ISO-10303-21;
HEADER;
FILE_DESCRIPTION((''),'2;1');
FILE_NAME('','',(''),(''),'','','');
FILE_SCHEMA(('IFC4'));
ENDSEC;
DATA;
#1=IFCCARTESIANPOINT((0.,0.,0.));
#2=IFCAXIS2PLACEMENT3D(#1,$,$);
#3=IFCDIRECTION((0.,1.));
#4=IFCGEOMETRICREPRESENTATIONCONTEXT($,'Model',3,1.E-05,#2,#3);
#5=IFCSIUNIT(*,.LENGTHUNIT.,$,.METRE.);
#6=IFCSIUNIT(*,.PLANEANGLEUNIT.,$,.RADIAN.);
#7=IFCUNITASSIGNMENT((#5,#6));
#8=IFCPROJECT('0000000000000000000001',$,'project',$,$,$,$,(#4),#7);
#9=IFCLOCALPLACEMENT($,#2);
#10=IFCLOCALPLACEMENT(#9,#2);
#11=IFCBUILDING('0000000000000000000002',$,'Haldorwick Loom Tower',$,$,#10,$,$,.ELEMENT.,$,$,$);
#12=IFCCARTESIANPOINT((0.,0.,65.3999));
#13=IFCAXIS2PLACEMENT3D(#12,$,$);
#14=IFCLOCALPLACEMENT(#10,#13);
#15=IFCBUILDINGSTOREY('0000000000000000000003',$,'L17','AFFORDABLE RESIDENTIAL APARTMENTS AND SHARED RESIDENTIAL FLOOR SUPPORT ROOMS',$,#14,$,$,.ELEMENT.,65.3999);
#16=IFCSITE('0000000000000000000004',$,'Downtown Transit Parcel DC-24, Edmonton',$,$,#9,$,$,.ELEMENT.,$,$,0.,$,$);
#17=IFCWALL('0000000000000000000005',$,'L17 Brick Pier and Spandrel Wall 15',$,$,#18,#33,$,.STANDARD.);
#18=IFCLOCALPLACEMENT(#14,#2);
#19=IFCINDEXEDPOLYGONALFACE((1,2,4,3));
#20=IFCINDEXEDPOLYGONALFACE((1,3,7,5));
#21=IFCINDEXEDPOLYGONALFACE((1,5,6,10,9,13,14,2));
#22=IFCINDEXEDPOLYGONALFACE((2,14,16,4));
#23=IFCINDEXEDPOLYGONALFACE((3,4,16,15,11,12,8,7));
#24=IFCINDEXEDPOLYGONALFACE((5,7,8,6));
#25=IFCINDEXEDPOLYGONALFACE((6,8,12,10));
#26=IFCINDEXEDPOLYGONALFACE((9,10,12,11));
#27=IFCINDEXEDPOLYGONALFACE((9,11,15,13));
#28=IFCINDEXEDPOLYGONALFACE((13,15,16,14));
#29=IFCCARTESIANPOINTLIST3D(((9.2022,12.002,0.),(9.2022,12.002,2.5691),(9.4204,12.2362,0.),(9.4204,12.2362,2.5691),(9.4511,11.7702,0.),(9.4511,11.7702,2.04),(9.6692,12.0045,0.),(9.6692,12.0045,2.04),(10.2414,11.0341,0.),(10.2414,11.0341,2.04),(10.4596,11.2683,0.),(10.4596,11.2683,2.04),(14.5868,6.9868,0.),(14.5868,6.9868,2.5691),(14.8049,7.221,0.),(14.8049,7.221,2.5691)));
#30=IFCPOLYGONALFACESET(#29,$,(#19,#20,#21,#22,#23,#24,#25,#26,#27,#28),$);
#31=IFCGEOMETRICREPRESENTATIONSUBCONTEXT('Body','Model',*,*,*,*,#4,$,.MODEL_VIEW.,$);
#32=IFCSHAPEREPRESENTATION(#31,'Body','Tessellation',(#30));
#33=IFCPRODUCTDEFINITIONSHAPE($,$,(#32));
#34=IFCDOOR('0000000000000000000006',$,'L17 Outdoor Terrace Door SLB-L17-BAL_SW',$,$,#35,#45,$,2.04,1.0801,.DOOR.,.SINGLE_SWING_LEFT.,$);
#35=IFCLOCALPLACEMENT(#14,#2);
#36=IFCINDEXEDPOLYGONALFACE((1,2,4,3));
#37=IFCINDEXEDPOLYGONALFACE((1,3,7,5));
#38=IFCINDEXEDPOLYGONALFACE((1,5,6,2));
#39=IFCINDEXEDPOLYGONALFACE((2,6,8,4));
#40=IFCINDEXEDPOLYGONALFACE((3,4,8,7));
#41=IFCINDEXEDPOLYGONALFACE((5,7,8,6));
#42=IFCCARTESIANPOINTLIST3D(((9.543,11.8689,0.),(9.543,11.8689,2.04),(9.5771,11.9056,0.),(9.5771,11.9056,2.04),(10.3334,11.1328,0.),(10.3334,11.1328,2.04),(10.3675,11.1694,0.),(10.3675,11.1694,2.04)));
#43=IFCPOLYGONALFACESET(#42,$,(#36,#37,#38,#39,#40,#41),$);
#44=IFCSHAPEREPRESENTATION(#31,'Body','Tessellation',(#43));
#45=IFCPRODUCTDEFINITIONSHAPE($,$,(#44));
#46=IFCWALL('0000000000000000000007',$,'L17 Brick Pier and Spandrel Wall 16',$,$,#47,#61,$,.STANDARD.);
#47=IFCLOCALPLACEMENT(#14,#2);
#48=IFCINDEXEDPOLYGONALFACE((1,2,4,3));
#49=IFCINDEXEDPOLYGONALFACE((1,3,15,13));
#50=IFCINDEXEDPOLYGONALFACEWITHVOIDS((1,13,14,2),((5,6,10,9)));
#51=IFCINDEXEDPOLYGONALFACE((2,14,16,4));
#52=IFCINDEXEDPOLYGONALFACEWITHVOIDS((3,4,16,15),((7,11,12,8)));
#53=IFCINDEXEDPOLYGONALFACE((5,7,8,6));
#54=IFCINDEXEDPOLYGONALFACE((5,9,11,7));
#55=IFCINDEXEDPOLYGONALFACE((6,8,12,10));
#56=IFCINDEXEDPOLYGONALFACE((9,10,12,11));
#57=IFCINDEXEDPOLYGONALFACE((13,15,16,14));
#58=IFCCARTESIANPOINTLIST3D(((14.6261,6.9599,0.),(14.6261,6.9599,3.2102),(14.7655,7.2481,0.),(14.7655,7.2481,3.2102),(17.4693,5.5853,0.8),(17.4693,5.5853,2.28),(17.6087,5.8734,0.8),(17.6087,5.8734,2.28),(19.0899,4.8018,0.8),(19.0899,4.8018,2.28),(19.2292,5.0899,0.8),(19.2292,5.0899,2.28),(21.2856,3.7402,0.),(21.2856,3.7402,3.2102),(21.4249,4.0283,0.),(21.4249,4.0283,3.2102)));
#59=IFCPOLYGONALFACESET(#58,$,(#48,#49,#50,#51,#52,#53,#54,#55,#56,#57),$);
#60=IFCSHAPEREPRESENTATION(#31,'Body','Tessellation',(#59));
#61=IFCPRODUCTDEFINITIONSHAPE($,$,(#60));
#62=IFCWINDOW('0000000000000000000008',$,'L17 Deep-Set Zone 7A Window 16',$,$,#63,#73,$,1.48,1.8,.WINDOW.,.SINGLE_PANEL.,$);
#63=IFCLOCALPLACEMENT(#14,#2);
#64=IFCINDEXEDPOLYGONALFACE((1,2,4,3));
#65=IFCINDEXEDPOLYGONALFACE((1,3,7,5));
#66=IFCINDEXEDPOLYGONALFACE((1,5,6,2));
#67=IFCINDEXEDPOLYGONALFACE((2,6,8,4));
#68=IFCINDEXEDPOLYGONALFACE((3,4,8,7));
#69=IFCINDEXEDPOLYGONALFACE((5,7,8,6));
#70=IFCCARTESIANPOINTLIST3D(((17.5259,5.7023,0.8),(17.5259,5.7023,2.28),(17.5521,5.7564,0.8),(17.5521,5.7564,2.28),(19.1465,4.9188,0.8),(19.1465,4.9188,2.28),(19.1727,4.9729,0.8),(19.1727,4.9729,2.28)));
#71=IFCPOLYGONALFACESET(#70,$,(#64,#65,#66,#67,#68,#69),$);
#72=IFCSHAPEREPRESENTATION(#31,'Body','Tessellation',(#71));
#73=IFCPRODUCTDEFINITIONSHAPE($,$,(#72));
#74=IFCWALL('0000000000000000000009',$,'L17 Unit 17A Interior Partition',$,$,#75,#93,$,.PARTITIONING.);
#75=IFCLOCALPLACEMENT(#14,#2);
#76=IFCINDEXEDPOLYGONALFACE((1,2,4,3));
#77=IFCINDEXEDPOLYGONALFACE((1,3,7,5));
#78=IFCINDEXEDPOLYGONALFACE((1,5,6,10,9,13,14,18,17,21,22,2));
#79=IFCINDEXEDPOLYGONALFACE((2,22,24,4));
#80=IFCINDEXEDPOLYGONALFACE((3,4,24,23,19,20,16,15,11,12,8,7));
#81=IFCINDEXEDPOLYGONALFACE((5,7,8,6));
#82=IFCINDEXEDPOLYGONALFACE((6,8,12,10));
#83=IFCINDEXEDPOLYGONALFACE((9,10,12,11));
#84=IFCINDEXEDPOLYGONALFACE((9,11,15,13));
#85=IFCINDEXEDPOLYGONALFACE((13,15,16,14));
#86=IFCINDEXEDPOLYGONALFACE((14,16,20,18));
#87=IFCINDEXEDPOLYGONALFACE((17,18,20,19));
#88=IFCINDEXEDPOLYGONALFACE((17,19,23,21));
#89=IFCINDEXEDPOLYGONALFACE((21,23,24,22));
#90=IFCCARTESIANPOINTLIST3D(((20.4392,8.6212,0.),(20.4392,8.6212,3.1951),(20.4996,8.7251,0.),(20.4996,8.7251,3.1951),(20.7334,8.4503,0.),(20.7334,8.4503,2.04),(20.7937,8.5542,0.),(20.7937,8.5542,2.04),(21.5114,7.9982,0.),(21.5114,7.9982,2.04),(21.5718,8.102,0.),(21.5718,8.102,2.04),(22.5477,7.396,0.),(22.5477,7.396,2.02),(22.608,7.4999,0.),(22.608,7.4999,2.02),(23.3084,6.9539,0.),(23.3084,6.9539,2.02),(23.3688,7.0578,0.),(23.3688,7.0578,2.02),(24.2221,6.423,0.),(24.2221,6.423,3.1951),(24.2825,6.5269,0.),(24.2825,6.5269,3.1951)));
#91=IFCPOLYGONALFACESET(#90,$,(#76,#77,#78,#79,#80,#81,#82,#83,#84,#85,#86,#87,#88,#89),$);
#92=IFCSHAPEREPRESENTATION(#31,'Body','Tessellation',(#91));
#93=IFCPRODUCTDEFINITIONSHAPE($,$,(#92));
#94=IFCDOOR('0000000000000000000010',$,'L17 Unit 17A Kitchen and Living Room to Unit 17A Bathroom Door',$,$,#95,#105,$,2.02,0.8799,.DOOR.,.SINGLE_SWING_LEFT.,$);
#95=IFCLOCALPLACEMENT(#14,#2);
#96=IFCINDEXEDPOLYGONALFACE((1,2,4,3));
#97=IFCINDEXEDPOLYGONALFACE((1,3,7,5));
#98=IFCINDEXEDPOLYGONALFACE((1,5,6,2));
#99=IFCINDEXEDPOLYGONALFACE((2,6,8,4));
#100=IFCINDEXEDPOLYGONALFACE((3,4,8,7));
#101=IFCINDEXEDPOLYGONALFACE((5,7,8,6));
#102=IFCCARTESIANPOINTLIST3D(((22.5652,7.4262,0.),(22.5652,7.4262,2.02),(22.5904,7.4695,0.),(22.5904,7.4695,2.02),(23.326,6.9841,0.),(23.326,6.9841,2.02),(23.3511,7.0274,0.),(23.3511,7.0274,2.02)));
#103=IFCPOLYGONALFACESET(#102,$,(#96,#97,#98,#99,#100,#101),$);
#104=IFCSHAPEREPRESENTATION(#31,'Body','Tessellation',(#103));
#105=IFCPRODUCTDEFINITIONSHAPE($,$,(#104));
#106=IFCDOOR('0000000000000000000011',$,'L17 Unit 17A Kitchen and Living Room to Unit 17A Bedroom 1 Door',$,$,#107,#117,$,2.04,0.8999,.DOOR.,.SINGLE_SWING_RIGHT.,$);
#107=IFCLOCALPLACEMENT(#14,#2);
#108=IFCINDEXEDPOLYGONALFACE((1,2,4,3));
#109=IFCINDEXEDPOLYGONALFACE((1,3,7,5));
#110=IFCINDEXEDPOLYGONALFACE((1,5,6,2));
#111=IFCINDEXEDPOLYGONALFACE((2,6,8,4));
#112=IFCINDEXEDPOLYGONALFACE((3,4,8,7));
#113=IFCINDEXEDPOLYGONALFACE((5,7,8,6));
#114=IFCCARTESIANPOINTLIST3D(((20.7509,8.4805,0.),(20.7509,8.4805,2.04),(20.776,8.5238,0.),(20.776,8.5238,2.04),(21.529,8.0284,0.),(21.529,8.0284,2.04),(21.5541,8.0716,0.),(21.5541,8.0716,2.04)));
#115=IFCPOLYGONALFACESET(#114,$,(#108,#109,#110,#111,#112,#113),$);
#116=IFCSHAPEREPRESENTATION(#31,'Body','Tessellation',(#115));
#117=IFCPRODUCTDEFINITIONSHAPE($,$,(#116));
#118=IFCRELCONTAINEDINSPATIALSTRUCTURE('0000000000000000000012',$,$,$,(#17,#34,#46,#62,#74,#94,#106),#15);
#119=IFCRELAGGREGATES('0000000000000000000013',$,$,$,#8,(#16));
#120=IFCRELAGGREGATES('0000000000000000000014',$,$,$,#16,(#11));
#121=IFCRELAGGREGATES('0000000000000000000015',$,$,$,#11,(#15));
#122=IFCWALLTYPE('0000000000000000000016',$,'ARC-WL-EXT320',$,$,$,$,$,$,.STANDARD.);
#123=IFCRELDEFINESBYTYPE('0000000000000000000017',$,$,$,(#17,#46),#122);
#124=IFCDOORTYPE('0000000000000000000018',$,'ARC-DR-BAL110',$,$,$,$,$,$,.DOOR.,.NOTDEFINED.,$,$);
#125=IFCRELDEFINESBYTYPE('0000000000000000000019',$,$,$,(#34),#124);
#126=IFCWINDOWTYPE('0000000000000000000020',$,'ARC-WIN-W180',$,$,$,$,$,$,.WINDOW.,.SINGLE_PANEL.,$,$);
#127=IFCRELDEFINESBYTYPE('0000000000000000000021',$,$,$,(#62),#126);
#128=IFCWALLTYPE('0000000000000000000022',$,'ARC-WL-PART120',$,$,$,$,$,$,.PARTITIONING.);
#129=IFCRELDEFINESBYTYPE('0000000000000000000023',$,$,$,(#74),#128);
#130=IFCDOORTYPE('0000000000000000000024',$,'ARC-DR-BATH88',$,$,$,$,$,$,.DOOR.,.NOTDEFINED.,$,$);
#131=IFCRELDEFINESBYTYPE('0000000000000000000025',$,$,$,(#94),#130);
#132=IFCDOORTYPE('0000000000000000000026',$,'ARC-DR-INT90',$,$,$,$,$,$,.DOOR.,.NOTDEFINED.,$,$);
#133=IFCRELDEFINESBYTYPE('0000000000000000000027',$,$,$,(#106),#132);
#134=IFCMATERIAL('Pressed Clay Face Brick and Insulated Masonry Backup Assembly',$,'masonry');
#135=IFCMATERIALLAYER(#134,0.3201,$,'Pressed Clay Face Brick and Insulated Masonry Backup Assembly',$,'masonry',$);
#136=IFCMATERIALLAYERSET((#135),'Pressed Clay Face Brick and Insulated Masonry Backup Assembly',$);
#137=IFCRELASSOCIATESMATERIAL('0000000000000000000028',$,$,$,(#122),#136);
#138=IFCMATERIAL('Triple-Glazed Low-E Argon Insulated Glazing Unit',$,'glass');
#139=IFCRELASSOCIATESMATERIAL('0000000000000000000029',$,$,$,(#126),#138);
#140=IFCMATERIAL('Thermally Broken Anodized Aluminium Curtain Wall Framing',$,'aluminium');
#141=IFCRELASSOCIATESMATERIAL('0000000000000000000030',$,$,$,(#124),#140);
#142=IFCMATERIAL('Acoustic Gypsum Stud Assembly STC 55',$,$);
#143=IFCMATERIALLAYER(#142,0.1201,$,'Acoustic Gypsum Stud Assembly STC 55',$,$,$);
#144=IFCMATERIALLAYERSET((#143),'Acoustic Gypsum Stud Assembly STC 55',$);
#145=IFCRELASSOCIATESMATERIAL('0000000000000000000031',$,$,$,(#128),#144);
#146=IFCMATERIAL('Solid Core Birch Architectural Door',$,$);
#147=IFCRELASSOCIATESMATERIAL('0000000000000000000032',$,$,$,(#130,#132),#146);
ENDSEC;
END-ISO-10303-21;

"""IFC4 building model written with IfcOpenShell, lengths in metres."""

from ifc_helpers import new_model, si_unit, direction, frame, frame_2d, origin, place, context, subcontext, project, spatial, rectangle, extrude, material, layer, layer_set, type_object, element, fill, save


model = new_model("IFC4")

# Units and contexts
model_context = context("Model", 3, precision=1e-05, world=origin(), true_north=direction((0.0, 1.0)))
body_context = subcontext(model_context, "Body", "Model", "MODEL_VIEW")
ifc_project = project(units=[si_unit("LENGTHUNIT", "METRE"), si_unit("PLANEANGLEUNIT", "RADIAN")], contexts=[model_context])

# Site, building, storey
site_placement = place(None, origin())
site = spatial("IfcSite", under=ifc_project, at=site_placement, Name="Downtown Transit Parcel DC-24, Edmonton", CompositionType="ELEMENT", RefElevation=0.0)
building_placement = place(site_placement, origin())
building = spatial("IfcBuilding", under=site, at=building_placement, Name="Haldorwick Loom Tower", CompositionType="ELEMENT")
storey_placement = place(building_placement, frame((0.0, 0.0, 65.3999)))
storey = spatial("IfcBuildingStorey", under=building, at=storey_placement, Name="L17", Description="AFFORDABLE RESIDENTIAL APARTMENTS AND SHARED RESIDENTIAL FLOOR SUPPORT ROOMS", CompositionType="ELEMENT", Elevation=65.3999)

# Shared definitions
ifc_material_1 = material(Name="Pressed Clay Face Brick and Insulated Masonry Backup Assembly", Category="masonry")
ifc_layer_1 = layer(ifc_material_1, 0.3201, Name="Pressed Clay Face Brick and Insulated Masonry Backup Assembly", Category="masonry")
ifc_layer_set_1 = layer_set([ifc_layer_1], Name="Pressed Clay Face Brick and Insulated Masonry Backup Assembly")
wall_type_1 = type_object("IfcWallType", Name="ARC-WL-EXT320", PredefinedType="STANDARD", material=ifc_layer_set_1)
ifc_material_2 = material(Name="Triple-Glazed Low-E Argon Insulated Glazing Unit", Category="glass")
window_type = type_object("IfcWindowType", Name="ARC-WIN-W180", PartitioningType="SINGLE_PANEL", PredefinedType="WINDOW", material=ifc_material_2)

# Wall, opening, door
wall_1_placement = place(storey_placement, frame((9.3113, 12.1191, 0.0), z_axis=(0.0, 0.0, 1.0), x_axis=(0.731761, -0.681561, 0.0)))
wall_1 = element("IfcWall", 1, at=wall_1_placement, inside=storey, type_object=wall_type_1, Name="L17 Brick Pier and Spandrel Wall 15", PredefinedType="STANDARD", context=body_context, shape_type="SweptSolid", body=[
    extrude(rectangle(XDim=7.3584, YDim=0.3201, at=frame_2d((3.6792, 0.0))), origin(), (0.0, 0.0, 1.0), 2.5691),
])
opening_1_placement = place(wall_1_placement, frame((0.3401, 0.0, 0.0)))
opening_1 = element("IfcOpeningElement", 2, at=opening_1_placement, cuts=wall_1, PredefinedType="OPENING", context=body_context, shape_type="SweptSolid", body=[
    extrude(rectangle(XDim=1.0801, YDim=2.04, at=frame_2d((0.54, 1.02))), frame((0.0, 0.1699, 0.0), z_axis=(0.0, -1.0, 0.0), x_axis=(1.0, 0.0, 0.0)), (0.0, 0.0, 1.0), 0.3401),
])
ifc_material_3 = material(Name="Thermally Broken Anodized Aluminium Curtain Wall Framing", Category="aluminium")
door_type_1 = type_object("IfcDoorType", Name="ARC-DR-BAL110", OperationType="NOTDEFINED", PredefinedType="DOOR", material=ifc_material_3)
door_1_placement = place(opening_1_placement, origin())
door_1 = element("IfcDoor", 3, at=door_1_placement, inside=storey, type_object=door_type_1, Name="L17 Outdoor Terrace Door SLB-L17-BAL_SW", OperationType="SINGLE_SWING_LEFT", OverallHeight=2.04, OverallWidth=1.0801, PredefinedType="DOOR", context=body_context, shape_type="SweptSolid", body=[
    extrude(rectangle(XDim=1.0801, YDim=2.04, at=frame_2d((0.54, 1.02))), frame((0.0, 0.0249, 0.0), z_axis=(0.0, -1.0, 0.0), x_axis=(1.0, 0.0, 0.0)), (0.0, 0.0, 1.0), 0.05),
])
fill(opening_1, door_1)

# Wall, opening, window
wall_2_placement = place(storey_placement, frame((14.6958, 7.104, 0.0), z_axis=(0.0, 0.0, 1.0), x_axis=(0.900296, -0.435279, 0.0)))
wall_2 = element("IfcWall", 4, at=wall_2_placement, inside=storey, type_object=wall_type_1, Name="L17 Brick Pier and Spandrel Wall 16", PredefinedType="STANDARD", context=body_context, shape_type="SweptSolid", body=[
    extrude(rectangle(XDim=7.397, YDim=0.3201, at=frame_2d((3.6985, 0.0))), origin(), (0.0, 0.0, 1.0), 3.2102),
])
opening_2_placement = place(wall_2_placement, frame((3.1582, 0.0, 0.8)))
opening_2 = element("IfcOpeningElement", 5, at=opening_2_placement, cuts=wall_2, PredefinedType="OPENING", context=body_context, shape_type="SweptSolid", body=[
    extrude(rectangle(XDim=1.8, YDim=1.48, at=frame_2d((0.8999, 0.74))), frame((0.0, 0.1699, 0.0), z_axis=(0.0, -1.0, 0.0), x_axis=(1.0, 0.0, 0.0)), (0.0, 0.0, 1.0), 0.3401),
])
window_1_placement = place(opening_2_placement, origin())
window_1 = element("IfcWindow", 6, at=window_1_placement, inside=storey, type_object=window_type, Name="L17 Deep-Set Zone 7A Window 16", OverallHeight=1.48, OverallWidth=1.8, PartitioningType="SINGLE_PANEL", PredefinedType="WINDOW", context=body_context, shape_type="SweptSolid", body=[
    extrude(rectangle(XDim=1.8, YDim=1.48, at=frame_2d((0.8999, 0.74))), frame((0.0, 0.03, 0.0), z_axis=(0.0, -1.0, 0.0), x_axis=(1.0, 0.0, 0.0)), (0.0, 0.0, 1.0), 0.0601),
])
fill(opening_2, window_1)

# Wall, openings, doors
ifc_material_4 = material(Name="Acoustic Gypsum Stud Assembly STC 55")
ifc_layer_2 = layer(ifc_material_4, 0.1201, Name="Acoustic Gypsum Stud Assembly STC 55")
ifc_layer_set_2 = layer_set([ifc_layer_2], Name="Acoustic Gypsum Stud Assembly STC 55")
wall_type_2 = type_object("IfcWallType", Name="ARC-WL-PART120", PredefinedType="PARTITIONING", material=ifc_layer_set_2)
wall_3_placement = place(storey_placement, frame((20.4695, 8.6731, 0.0), z_axis=(0.0, 0.0, 1.0), x_axis=(0.864622, -0.502424, 0.0)))
wall_3 = element("IfcWall", 7, at=wall_3_placement, inside=storey, type_object=wall_type_2, Name="L17 Unit 17A Interior Partition", PredefinedType="PARTITIONING", context=body_context, shape_type="SweptSolid", body=[
    extrude(rectangle(XDim=4.3752, YDim=0.1201, at=frame_2d((2.1875, 0.0))), origin(), (0.0, 0.0, 1.0), 3.1951),
])
opening_3_placement = place(wall_3_placement, frame((2.4385, 0.0, 0.0)))
opening_3 = element("IfcOpeningElement", 8, at=opening_3_placement, cuts=wall_3, PredefinedType="OPENING", context=body_context, shape_type="SweptSolid", body=[
    extrude(rectangle(XDim=0.8799, YDim=2.02, at=frame_2d((0.4399, 1.01))), frame((0.0, 0.0701, 0.0), z_axis=(0.0, -1.0, 0.0), x_axis=(1.0, 0.0, 0.0)), (0.0, 0.0, 1.0), 0.1401),
])
opening_4_placement = place(wall_3_placement, frame((0.3401, 0.0, 0.0)))
opening_4 = element("IfcOpeningElement", 9, at=opening_4_placement, cuts=wall_3, PredefinedType="OPENING", context=body_context, shape_type="SweptSolid", body=[
    extrude(rectangle(XDim=0.8999, YDim=2.04, at=frame_2d((0.45, 1.02))), frame((0.0, 0.0701, 0.0), z_axis=(0.0, -1.0, 0.0), x_axis=(1.0, 0.0, 0.0)), (0.0, 0.0, 1.0), 0.1401),
])
ifc_material_5 = material(Name="Solid Core Birch Architectural Door")
door_type_2 = type_object("IfcDoorType", Name="ARC-DR-BATH88", OperationType="NOTDEFINED", PredefinedType="DOOR", material=ifc_material_5)
door_2_placement = place(opening_3_placement, origin())
door_2 = element("IfcDoor", 10, at=door_2_placement, inside=storey, type_object=door_type_2, Name="L17 Unit 17A Kitchen and Living Room to Unit 17A Bathroom Door", OperationType="SINGLE_SWING_LEFT", OverallHeight=2.02, OverallWidth=0.8799, PredefinedType="DOOR", context=body_context, shape_type="SweptSolid", body=[
    extrude(rectangle(XDim=0.8799, YDim=2.02, at=frame_2d((0.4399, 1.01))), frame((0.0, 0.0249, 0.0), z_axis=(0.0, -1.0, 0.0), x_axis=(1.0, 0.0, 0.0)), (0.0, 0.0, 1.0), 0.05),
])
fill(opening_3, door_2)
door_type_3 = type_object("IfcDoorType", Name="ARC-DR-INT90", OperationType="NOTDEFINED", PredefinedType="DOOR", material=ifc_material_5)
door_3_placement = place(opening_4_placement, origin())
door_3 = element("IfcDoor", 11, at=door_3_placement, inside=storey, type_object=door_type_3, Name="L17 Unit 17A Kitchen and Living Room to Unit 17A Bedroom 1 Door", OperationType="SINGLE_SWING_RIGHT", OverallHeight=2.04, OverallWidth=0.8999, PredefinedType="DOOR", context=body_context, shape_type="SweptSolid", body=[
    extrude(rectangle(XDim=0.8999, YDim=2.04, at=frame_2d((0.45, 1.02))), frame((0.0, 0.0249, 0.0), z_axis=(0.0, -1.0, 0.0), x_axis=(1.0, 0.0, 0.0)), (0.0, 0.0, 1.0), 0.05),
])
fill(opening_4, door_3)

save(model, "model.ifc")
